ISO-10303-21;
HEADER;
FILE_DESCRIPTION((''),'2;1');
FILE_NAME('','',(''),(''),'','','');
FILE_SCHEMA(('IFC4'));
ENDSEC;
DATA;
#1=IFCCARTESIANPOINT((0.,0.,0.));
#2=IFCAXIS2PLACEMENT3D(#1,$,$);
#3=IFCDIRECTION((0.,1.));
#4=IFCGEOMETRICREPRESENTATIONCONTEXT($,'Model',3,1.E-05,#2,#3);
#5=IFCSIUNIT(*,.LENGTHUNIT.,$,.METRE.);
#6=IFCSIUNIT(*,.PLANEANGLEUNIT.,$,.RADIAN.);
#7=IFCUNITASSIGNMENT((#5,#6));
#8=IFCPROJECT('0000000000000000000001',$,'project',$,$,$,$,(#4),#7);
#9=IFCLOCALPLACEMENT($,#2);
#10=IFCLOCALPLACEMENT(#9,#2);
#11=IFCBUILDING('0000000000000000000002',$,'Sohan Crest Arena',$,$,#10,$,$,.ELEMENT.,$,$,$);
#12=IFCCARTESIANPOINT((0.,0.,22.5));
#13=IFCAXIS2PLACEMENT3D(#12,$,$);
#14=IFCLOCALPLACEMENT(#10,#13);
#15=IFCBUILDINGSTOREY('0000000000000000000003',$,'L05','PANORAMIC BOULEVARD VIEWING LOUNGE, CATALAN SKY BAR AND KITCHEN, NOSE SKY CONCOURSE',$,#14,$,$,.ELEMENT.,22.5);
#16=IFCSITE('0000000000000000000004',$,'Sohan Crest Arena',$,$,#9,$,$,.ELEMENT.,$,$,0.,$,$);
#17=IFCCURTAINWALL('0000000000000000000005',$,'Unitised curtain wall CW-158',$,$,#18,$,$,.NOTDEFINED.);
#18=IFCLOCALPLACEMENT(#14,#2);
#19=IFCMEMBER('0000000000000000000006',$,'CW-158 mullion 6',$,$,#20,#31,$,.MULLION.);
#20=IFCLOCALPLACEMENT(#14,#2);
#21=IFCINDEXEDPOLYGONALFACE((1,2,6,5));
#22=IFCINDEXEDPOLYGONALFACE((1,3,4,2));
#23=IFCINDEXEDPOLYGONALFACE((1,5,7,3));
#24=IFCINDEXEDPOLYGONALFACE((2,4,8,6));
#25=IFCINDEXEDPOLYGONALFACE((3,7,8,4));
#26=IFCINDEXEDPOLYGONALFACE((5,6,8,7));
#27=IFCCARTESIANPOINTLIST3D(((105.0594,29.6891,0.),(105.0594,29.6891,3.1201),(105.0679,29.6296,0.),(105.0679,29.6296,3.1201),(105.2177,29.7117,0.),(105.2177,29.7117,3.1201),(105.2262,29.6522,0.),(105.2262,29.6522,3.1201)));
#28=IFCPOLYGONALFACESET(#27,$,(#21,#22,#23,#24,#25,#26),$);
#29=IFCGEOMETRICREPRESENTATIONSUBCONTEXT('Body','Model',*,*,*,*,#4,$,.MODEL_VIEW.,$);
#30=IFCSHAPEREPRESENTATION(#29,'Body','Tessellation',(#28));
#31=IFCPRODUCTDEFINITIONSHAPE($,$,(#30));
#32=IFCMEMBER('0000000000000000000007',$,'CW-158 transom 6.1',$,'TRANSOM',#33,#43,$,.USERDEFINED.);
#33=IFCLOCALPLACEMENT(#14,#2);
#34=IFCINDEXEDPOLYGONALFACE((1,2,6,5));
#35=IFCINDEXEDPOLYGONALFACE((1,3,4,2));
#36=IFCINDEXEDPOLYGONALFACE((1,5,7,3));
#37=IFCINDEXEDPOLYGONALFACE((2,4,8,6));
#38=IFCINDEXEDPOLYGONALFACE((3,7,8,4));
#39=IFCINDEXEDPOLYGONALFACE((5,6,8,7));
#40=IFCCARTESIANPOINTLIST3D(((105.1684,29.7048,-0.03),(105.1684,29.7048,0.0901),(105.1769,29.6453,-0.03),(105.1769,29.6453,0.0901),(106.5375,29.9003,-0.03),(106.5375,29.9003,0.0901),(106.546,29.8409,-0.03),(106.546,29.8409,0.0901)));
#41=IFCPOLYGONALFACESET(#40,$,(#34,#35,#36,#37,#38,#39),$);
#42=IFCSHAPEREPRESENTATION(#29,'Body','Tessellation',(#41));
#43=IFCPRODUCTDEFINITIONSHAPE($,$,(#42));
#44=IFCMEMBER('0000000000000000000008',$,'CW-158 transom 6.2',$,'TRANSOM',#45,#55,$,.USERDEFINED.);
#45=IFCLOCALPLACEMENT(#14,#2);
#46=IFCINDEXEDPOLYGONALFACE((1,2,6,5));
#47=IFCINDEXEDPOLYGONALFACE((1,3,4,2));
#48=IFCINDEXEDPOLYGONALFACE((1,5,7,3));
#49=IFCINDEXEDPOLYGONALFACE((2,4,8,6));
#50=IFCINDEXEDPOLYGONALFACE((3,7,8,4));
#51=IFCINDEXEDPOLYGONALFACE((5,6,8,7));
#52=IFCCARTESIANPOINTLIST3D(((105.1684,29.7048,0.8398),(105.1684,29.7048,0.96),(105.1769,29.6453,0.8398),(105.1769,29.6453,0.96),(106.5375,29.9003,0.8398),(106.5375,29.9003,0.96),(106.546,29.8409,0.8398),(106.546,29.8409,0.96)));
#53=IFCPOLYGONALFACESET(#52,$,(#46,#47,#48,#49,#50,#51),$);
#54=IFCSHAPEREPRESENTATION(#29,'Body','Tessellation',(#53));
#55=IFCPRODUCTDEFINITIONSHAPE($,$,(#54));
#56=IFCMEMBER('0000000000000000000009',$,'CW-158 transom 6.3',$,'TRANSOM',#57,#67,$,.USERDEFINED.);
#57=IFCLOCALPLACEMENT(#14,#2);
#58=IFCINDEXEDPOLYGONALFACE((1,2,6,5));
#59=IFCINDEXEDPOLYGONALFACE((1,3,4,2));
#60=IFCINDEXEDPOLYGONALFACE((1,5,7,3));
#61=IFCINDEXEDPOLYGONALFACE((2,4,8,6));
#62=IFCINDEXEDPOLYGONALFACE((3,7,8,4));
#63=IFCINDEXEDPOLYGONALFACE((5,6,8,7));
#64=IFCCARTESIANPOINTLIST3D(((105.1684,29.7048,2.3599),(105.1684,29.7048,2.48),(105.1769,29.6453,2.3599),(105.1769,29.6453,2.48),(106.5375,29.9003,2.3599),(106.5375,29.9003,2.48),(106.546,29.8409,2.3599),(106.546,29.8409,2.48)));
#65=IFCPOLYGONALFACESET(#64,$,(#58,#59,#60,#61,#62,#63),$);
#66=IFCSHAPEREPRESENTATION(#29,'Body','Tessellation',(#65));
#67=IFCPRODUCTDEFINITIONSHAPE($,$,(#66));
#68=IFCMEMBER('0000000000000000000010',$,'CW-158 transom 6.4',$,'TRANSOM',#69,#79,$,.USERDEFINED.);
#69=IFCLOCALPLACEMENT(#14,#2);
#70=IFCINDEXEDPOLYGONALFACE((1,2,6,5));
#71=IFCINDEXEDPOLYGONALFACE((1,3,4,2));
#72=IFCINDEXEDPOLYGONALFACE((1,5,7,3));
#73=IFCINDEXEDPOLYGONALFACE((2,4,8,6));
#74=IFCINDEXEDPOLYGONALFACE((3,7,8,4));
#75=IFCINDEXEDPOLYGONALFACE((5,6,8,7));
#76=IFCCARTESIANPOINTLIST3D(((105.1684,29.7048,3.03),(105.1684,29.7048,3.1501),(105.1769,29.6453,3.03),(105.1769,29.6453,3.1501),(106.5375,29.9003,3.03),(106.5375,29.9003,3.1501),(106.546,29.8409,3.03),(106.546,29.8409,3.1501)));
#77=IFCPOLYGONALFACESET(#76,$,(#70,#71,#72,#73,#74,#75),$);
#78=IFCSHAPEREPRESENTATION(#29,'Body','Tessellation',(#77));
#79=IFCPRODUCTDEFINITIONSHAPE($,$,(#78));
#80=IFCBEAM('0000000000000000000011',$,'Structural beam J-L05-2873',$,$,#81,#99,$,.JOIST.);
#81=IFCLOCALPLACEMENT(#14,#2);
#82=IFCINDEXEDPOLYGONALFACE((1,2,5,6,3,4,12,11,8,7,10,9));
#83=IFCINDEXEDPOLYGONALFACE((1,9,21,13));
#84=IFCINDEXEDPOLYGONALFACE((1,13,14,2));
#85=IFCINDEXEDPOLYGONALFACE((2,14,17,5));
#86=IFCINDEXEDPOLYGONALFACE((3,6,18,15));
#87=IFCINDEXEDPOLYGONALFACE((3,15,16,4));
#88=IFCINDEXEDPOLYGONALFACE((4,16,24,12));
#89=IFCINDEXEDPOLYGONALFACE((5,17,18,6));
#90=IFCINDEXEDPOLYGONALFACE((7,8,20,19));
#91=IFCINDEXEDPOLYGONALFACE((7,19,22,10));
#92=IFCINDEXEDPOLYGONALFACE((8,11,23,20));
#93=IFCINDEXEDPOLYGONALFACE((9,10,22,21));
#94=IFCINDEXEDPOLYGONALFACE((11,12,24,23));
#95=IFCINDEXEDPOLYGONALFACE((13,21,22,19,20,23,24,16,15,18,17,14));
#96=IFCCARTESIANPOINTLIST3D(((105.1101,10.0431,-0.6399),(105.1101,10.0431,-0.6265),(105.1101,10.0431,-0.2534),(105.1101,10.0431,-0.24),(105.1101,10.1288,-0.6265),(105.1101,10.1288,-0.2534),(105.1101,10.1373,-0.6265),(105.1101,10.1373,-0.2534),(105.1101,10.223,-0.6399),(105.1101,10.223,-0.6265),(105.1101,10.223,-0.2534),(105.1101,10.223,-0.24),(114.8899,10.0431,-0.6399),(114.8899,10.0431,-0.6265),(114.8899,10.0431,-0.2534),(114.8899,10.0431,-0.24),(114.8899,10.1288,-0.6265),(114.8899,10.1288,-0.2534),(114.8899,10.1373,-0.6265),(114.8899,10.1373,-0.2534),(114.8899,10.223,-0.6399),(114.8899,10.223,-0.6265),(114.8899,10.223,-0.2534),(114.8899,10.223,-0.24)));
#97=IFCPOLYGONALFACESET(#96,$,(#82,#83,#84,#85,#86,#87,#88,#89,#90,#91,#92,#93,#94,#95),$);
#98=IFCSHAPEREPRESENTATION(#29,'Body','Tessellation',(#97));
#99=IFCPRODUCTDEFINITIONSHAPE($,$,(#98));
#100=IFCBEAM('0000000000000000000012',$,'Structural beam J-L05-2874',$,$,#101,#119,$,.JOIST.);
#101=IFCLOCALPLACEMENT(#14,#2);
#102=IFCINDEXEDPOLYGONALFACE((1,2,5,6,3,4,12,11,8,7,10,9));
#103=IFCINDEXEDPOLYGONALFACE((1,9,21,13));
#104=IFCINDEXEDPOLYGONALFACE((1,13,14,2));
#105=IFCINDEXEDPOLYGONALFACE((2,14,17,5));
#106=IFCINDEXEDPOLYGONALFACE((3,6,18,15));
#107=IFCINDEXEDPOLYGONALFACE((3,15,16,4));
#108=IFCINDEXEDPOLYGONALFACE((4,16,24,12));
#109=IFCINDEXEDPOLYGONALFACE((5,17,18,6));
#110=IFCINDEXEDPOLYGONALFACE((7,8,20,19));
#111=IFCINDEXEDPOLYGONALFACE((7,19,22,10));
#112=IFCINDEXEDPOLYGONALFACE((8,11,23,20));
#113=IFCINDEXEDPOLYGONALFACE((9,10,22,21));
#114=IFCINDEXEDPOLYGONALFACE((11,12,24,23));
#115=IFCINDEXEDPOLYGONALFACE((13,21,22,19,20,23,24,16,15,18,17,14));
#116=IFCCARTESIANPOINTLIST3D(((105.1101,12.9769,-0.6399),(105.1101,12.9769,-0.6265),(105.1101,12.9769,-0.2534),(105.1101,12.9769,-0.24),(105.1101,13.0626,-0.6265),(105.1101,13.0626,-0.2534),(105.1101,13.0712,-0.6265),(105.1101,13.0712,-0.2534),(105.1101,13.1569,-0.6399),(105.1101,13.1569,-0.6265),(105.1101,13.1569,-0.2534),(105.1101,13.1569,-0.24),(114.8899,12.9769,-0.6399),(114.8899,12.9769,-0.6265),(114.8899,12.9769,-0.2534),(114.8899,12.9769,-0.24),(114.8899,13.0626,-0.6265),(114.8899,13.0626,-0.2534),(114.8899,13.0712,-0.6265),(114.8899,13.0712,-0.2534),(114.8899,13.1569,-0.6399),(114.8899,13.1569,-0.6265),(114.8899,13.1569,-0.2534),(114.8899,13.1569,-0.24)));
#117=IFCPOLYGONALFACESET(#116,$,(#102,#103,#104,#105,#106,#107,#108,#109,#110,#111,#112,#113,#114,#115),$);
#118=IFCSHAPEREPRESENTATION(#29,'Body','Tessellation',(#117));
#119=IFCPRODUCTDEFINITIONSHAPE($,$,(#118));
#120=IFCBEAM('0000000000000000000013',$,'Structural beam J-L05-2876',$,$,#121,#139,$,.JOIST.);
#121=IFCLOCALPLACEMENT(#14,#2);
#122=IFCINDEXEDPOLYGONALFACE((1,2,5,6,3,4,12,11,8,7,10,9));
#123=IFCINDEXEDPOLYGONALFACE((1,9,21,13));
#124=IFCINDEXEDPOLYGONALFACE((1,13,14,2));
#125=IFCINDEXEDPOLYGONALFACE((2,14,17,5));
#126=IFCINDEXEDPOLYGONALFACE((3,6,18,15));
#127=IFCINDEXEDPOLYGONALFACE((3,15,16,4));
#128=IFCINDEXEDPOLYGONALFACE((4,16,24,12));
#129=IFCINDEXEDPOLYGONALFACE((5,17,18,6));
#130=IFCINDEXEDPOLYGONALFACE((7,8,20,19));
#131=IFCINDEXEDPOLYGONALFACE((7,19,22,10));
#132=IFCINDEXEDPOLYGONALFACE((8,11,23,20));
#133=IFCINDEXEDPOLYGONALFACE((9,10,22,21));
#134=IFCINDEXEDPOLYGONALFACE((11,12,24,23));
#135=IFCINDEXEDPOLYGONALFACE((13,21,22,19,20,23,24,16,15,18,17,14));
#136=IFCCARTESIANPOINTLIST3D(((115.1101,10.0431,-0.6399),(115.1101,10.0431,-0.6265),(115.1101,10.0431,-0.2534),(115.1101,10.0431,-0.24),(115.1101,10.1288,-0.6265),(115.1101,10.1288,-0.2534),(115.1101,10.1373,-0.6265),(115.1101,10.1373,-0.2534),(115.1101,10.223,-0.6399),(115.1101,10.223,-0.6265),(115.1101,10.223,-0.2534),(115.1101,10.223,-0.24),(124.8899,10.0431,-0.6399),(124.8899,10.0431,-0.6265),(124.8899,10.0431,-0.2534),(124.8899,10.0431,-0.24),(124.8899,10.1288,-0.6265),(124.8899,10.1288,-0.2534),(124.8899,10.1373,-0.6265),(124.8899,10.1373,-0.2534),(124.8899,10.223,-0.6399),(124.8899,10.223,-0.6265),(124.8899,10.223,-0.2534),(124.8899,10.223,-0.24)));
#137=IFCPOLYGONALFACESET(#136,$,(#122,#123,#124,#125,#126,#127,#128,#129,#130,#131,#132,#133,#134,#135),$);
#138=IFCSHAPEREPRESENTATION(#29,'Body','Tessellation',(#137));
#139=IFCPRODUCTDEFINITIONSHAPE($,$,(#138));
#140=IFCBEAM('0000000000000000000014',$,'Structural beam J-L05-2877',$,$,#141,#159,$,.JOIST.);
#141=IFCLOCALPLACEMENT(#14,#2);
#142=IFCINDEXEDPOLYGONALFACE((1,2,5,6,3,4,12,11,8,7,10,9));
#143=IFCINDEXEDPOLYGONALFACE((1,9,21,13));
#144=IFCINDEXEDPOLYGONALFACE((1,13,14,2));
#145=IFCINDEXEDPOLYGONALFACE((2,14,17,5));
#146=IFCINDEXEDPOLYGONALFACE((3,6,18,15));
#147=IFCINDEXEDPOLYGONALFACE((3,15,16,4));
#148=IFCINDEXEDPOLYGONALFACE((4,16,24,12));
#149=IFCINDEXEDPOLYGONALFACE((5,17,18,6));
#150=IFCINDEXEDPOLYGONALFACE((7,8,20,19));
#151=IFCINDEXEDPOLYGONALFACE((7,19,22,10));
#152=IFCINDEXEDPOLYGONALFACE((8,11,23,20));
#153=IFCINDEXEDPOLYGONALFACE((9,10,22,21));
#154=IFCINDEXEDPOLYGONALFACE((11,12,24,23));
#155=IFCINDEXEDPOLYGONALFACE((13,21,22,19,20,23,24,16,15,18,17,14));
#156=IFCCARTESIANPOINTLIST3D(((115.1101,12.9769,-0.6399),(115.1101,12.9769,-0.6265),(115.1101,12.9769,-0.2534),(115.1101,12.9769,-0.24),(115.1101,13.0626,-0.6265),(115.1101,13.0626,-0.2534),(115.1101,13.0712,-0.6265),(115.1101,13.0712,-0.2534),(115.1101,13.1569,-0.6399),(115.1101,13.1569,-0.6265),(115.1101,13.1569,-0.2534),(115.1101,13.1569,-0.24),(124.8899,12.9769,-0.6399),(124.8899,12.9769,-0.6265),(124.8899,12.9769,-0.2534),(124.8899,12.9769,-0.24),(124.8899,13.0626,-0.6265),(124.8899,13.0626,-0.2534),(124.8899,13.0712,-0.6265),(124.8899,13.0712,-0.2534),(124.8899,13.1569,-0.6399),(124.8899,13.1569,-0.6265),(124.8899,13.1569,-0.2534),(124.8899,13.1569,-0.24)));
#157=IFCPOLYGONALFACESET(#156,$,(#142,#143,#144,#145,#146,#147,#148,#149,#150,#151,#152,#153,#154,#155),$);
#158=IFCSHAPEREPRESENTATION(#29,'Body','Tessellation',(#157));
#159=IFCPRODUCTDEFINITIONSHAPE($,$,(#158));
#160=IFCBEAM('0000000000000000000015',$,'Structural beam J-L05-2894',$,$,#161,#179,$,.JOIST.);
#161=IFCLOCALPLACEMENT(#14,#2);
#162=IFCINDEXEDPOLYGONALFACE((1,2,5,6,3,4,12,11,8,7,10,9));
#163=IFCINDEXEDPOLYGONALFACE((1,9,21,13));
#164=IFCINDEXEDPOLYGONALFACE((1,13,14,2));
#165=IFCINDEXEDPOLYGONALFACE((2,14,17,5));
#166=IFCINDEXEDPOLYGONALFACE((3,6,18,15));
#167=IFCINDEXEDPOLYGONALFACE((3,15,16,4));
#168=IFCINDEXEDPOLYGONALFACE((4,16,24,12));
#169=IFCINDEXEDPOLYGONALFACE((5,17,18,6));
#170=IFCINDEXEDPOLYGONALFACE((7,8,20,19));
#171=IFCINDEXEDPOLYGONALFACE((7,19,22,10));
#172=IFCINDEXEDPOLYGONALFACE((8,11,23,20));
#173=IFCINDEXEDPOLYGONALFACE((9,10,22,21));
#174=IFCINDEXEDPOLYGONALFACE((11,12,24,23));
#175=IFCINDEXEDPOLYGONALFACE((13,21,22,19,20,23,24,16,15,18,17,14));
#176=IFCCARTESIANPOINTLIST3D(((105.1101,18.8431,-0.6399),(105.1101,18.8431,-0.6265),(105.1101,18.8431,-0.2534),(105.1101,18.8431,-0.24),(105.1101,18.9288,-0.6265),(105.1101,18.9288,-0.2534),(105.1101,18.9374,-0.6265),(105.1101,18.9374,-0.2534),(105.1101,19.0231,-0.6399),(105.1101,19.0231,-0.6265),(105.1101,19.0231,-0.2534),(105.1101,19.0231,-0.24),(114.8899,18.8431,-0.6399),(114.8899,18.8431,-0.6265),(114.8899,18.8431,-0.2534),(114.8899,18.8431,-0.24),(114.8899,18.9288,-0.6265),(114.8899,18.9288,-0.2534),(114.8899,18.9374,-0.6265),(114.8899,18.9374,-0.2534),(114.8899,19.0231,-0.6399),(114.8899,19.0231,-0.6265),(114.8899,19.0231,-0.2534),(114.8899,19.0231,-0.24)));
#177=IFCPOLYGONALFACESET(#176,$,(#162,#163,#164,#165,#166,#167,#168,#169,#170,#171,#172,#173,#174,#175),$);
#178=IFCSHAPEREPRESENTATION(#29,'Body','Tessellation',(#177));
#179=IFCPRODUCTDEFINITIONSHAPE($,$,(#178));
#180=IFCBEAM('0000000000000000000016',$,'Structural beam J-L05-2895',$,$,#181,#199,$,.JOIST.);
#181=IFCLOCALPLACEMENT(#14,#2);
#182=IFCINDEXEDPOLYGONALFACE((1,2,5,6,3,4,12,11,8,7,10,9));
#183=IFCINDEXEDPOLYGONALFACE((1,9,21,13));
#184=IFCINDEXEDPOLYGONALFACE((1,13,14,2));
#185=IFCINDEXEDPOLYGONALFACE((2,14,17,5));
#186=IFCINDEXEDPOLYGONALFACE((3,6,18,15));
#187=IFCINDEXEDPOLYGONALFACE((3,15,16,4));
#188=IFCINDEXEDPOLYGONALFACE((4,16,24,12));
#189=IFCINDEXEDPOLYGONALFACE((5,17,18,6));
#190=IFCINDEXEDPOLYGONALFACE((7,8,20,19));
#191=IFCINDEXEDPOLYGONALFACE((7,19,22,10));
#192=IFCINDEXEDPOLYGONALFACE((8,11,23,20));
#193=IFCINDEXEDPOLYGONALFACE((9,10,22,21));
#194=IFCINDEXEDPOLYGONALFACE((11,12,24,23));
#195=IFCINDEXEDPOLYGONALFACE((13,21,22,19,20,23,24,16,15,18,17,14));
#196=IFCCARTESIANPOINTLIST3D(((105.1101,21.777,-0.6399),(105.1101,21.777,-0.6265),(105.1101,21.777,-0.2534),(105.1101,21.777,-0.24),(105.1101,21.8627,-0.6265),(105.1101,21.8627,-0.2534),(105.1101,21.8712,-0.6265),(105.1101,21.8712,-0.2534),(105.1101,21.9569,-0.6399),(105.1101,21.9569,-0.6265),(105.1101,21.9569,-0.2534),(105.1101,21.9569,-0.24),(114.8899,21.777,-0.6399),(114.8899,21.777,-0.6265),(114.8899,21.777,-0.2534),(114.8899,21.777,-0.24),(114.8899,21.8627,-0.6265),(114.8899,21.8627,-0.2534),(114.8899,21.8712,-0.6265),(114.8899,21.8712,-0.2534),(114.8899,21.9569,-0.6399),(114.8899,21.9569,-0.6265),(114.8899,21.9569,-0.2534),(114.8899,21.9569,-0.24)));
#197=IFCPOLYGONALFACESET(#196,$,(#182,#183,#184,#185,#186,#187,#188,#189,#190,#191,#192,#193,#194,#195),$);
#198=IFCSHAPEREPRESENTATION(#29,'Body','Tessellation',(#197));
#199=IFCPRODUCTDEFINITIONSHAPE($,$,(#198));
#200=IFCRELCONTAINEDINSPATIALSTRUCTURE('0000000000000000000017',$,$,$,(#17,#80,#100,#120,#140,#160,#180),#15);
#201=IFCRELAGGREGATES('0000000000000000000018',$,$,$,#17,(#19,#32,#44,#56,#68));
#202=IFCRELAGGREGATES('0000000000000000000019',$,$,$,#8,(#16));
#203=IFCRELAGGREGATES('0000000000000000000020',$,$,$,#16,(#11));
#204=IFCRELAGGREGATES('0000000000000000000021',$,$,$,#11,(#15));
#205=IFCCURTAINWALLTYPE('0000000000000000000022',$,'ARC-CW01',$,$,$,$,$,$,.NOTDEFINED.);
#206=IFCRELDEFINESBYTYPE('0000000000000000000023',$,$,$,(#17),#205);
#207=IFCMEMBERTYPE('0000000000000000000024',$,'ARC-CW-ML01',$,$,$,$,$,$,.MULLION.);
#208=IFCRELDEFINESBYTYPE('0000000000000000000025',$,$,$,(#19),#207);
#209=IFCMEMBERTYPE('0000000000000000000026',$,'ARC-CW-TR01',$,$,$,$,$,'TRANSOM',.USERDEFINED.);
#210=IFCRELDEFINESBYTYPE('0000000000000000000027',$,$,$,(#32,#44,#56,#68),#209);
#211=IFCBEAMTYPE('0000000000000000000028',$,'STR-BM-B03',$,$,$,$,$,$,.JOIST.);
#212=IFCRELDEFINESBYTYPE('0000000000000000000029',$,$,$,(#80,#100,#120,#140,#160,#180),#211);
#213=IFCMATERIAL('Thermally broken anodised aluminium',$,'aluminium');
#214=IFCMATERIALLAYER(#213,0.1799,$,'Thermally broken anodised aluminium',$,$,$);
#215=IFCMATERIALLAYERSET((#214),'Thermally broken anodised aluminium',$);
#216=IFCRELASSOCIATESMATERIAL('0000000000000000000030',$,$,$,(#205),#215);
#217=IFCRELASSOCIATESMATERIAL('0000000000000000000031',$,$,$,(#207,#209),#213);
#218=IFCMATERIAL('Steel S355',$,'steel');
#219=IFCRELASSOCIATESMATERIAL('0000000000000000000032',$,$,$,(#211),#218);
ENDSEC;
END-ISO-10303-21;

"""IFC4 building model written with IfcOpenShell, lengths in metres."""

from ifc_helpers import new_model, si_unit, direction, frame, origin, origin_2d, place, context, subcontext, project, spatial, rectangle, i_section, extrude, material, layer, layer_set, material_profile, profile_set, type_object, element, aggregate, save


model = new_model("IFC4")

# Units and contexts
model_context = context("Model", 3, precision=1e-05, world=origin(), true_north=direction((0.0, 1.0)))
body_context = subcontext(model_context, "Body", "Model", "MODEL_VIEW")
ifc_project = project(units=[si_unit("LENGTHUNIT", "METRE"), si_unit("PLANEANGLEUNIT", "RADIAN")], contexts=[model_context])

# Site, building, storey
site_placement = place(None, origin())
site = spatial("IfcSite", under=ifc_project, at=site_placement, Name="Sohan Crest Arena", CompositionType="ELEMENT", RefElevation=0.0)
building_placement = place(site_placement, origin())
building = spatial("IfcBuilding", under=site, at=building_placement, Name="Sohan Crest Arena", CompositionType="ELEMENT")
storey_placement = place(building_placement, frame((0.0, 0.0, 22.5)))
storey = spatial("IfcBuildingStorey", under=building, at=storey_placement, Name="L05", Description="PANORAMIC BOULEVARD VIEWING LOUNGE, CATALAN SKY BAR AND KITCHEN, NOSE SKY CONCOURSE", CompositionType="ELEMENT", Elevation=22.5)

# Curtain wall, members
ifc_material_1 = material(Name="Thermally broken anodised aluminium", Category="aluminium")
ifc_layer_1 = layer(ifc_material_1, 0.1799, Name="Thermally broken anodised aluminium")
ifc_layer_set_1 = layer_set([ifc_layer_1], Name="Thermally broken anodised aluminium")
curtain_wall_type = type_object("IfcCurtainWallType", Name="ARC-CW01", PredefinedType="NOTDEFINED", material=ifc_layer_set_1)
curtain_wall_placement = place(storey_placement, origin())
curtain_wall = element("IfcCurtainWall", 1, at=curtain_wall_placement, inside=storey, type_object=curtain_wall_type, Name="Unitised curtain wall CW-158", PredefinedType="NOTDEFINED")
ifc_material_profile_1 = material_profile(ifc_material_1, rectangle(XDim=0.0601, YDim=0.1599, at=origin_2d()), Name="ALU-MULL 60x160")
ifc_profile_set_1 = profile_set([ifc_material_profile_1], Name="Thermally broken anodised aluminium")
member_type_1 = type_object("IfcMemberType", Name="ARC-CW-ML01", PredefinedType="MULLION", material=ifc_profile_set_1)
member_1_placement = place(storey_placement, frame((105.1428, 29.6707, 0.0), z_axis=(0.0, 0.0, 1.0), x_axis=(-0.141463, 0.989944, 0.0)))
member_1 = element("IfcMember", 2, at=member_1_placement, type_object=member_type_1, Name="CW-158 mullion 6", PredefinedType="MULLION", context=body_context, shape_type="SweptSolid", body=[
    extrude(rectangle(XDim=0.0601, YDim=0.1599, at=origin_2d()), origin(), (0.0, 0.0, 1.0), 3.1201),
])
ifc_material_profile_2 = material_profile(ifc_material_1, rectangle(XDim=0.0601, YDim=0.1201, at=origin_2d()), Name="ALU-TRAN 60x120")
ifc_profile_set_2 = profile_set([ifc_material_profile_2], Name="Thermally broken anodised aluminium")
member_type_2 = type_object("IfcMemberType", Name="ARC-CW-TR01", ElementType="TRANSOM", PredefinedType="USERDEFINED", material=ifc_profile_set_2)
member_2_placement = place(storey_placement, frame((105.1726, 29.675, 0.03), z_axis=(0.989953, 0.141397, 0.0), x_axis=(-0.141397, 0.989953, 0.0)))
member_2 = element("IfcMember", 3, at=member_2_placement, type_object=member_type_2, Name="CW-158 transom 6.1", ObjectType="TRANSOM", PredefinedType="USERDEFINED", context=body_context, shape_type="SweptSolid", body=[
    extrude(rectangle(XDim=0.0601, YDim=0.1201, at=origin_2d()), origin(), (0.0, 0.0, 1.0), 1.3831),
])
member_3_placement = place(storey_placement, frame((105.1726, 29.675, 0.8999), z_axis=(0.989953, 0.141397, 0.0), x_axis=(-0.141397, 0.989953, 0.0)))
member_3 = element("IfcMember", 4, at=member_3_placement, type_object=member_type_2, Name="CW-158 transom 6.2", ObjectType="TRANSOM", PredefinedType="USERDEFINED", context=body_context, shape_type="SweptSolid", body=[
    extrude(rectangle(XDim=0.0601, YDim=0.1201, at=origin_2d()), origin(), (0.0, 0.0, 1.0), 1.3831),
])
member_4_placement = place(storey_placement, frame((105.1726, 29.675, 2.4199), z_axis=(0.989953, 0.141397, 0.0), x_axis=(-0.141397, 0.989953, 0.0)))
member_4 = element("IfcMember", 5, at=member_4_placement, type_object=member_type_2, Name="CW-158 transom 6.3", ObjectType="TRANSOM", PredefinedType="USERDEFINED", context=body_context, shape_type="SweptSolid", body=[
    extrude(rectangle(XDim=0.0601, YDim=0.1201, at=origin_2d()), origin(), (0.0, 0.0, 1.0), 1.3831),
])
member_5_placement = place(storey_placement, frame((105.1726, 29.675, 3.0901), z_axis=(0.989953, 0.141397, 0.0), x_axis=(-0.141397, 0.989953, 0.0)))
member_5 = element("IfcMember", 6, at=member_5_placement, type_object=member_type_2, Name="CW-158 transom 6.4", ObjectType="TRANSOM", PredefinedType="USERDEFINED", context=body_context, shape_type="SweptSolid", body=[
    extrude(rectangle(XDim=0.0601, YDim=0.1201, at=origin_2d()), origin(), (0.0, 0.0, 1.0), 1.3831),
])

# Beams
ifc_material_2 = material(Name="Steel S355", Category="steel")
ifc_material_profile_3 = material_profile(ifc_material_2, i_section(OverallWidth=0.1799, OverallDepth=0.3999, WebThickness=0.0085, FlangeThickness=0.0134, at=origin_2d()), Name="IPE 400")
ifc_profile_set_3 = profile_set([ifc_material_profile_3], Name="Steel S355")
beam_type_1 = type_object("IfcBeamType", Name="STR-BM-B03", PredefinedType="JOIST", material=ifc_profile_set_3)
for number, where, z_axis, x_axis, name in (
    (7, (105.1101, 10.1331, -0.4399), (1.0, 0.0, 0.0), (0.0, 1.0, 0.0), "Structural beam J-L05-2873"),
    (8, (105.1101, 13.0669, -0.4399), (1.0, 0.0, 0.0), (0.0, 1.0, 0.0), "Structural beam J-L05-2874"),
    (9, (115.1101, 10.1331, -0.4399), (1.0, 0.0, 0.0), (0.0, 1.0, 0.0), "Structural beam J-L05-2876"),
    (10, (115.1101, 13.0669, -0.4399), (1.0, 0.0, 0.0), (0.0, 1.0, 0.0), "Structural beam J-L05-2877"),
    (11, (105.1101, 18.9331, -0.4399), (1.0, 0.0, 0.0), (0.0, 1.0, 0.0), "Structural beam J-L05-2894"),
    (12, (105.1101, 21.8669, -0.4399), (1.0, 0.0, 0.0), (0.0, 1.0, 0.0), "Structural beam J-L05-2895"),
):
    element("IfcBeam", number, at=place(storey_placement, frame(where, z_axis=z_axis, x_axis=x_axis)), inside=storey, type_object=beam_type_1, Name=name, PredefinedType="JOIST", context=body_context, shape_type="SweptSolid", body=[
        extrude(i_section(OverallWidth=0.1799, OverallDepth=0.3999, WebThickness=0.0085, FlangeThickness=0.0134, at=origin_2d()), origin(), (0.0, 0.0, 1.0), 9.7798),
    ])

aggregate(curtain_wall, [member_1, member_2, member_3, member_4, member_5])

save(model, "model.ifc")
